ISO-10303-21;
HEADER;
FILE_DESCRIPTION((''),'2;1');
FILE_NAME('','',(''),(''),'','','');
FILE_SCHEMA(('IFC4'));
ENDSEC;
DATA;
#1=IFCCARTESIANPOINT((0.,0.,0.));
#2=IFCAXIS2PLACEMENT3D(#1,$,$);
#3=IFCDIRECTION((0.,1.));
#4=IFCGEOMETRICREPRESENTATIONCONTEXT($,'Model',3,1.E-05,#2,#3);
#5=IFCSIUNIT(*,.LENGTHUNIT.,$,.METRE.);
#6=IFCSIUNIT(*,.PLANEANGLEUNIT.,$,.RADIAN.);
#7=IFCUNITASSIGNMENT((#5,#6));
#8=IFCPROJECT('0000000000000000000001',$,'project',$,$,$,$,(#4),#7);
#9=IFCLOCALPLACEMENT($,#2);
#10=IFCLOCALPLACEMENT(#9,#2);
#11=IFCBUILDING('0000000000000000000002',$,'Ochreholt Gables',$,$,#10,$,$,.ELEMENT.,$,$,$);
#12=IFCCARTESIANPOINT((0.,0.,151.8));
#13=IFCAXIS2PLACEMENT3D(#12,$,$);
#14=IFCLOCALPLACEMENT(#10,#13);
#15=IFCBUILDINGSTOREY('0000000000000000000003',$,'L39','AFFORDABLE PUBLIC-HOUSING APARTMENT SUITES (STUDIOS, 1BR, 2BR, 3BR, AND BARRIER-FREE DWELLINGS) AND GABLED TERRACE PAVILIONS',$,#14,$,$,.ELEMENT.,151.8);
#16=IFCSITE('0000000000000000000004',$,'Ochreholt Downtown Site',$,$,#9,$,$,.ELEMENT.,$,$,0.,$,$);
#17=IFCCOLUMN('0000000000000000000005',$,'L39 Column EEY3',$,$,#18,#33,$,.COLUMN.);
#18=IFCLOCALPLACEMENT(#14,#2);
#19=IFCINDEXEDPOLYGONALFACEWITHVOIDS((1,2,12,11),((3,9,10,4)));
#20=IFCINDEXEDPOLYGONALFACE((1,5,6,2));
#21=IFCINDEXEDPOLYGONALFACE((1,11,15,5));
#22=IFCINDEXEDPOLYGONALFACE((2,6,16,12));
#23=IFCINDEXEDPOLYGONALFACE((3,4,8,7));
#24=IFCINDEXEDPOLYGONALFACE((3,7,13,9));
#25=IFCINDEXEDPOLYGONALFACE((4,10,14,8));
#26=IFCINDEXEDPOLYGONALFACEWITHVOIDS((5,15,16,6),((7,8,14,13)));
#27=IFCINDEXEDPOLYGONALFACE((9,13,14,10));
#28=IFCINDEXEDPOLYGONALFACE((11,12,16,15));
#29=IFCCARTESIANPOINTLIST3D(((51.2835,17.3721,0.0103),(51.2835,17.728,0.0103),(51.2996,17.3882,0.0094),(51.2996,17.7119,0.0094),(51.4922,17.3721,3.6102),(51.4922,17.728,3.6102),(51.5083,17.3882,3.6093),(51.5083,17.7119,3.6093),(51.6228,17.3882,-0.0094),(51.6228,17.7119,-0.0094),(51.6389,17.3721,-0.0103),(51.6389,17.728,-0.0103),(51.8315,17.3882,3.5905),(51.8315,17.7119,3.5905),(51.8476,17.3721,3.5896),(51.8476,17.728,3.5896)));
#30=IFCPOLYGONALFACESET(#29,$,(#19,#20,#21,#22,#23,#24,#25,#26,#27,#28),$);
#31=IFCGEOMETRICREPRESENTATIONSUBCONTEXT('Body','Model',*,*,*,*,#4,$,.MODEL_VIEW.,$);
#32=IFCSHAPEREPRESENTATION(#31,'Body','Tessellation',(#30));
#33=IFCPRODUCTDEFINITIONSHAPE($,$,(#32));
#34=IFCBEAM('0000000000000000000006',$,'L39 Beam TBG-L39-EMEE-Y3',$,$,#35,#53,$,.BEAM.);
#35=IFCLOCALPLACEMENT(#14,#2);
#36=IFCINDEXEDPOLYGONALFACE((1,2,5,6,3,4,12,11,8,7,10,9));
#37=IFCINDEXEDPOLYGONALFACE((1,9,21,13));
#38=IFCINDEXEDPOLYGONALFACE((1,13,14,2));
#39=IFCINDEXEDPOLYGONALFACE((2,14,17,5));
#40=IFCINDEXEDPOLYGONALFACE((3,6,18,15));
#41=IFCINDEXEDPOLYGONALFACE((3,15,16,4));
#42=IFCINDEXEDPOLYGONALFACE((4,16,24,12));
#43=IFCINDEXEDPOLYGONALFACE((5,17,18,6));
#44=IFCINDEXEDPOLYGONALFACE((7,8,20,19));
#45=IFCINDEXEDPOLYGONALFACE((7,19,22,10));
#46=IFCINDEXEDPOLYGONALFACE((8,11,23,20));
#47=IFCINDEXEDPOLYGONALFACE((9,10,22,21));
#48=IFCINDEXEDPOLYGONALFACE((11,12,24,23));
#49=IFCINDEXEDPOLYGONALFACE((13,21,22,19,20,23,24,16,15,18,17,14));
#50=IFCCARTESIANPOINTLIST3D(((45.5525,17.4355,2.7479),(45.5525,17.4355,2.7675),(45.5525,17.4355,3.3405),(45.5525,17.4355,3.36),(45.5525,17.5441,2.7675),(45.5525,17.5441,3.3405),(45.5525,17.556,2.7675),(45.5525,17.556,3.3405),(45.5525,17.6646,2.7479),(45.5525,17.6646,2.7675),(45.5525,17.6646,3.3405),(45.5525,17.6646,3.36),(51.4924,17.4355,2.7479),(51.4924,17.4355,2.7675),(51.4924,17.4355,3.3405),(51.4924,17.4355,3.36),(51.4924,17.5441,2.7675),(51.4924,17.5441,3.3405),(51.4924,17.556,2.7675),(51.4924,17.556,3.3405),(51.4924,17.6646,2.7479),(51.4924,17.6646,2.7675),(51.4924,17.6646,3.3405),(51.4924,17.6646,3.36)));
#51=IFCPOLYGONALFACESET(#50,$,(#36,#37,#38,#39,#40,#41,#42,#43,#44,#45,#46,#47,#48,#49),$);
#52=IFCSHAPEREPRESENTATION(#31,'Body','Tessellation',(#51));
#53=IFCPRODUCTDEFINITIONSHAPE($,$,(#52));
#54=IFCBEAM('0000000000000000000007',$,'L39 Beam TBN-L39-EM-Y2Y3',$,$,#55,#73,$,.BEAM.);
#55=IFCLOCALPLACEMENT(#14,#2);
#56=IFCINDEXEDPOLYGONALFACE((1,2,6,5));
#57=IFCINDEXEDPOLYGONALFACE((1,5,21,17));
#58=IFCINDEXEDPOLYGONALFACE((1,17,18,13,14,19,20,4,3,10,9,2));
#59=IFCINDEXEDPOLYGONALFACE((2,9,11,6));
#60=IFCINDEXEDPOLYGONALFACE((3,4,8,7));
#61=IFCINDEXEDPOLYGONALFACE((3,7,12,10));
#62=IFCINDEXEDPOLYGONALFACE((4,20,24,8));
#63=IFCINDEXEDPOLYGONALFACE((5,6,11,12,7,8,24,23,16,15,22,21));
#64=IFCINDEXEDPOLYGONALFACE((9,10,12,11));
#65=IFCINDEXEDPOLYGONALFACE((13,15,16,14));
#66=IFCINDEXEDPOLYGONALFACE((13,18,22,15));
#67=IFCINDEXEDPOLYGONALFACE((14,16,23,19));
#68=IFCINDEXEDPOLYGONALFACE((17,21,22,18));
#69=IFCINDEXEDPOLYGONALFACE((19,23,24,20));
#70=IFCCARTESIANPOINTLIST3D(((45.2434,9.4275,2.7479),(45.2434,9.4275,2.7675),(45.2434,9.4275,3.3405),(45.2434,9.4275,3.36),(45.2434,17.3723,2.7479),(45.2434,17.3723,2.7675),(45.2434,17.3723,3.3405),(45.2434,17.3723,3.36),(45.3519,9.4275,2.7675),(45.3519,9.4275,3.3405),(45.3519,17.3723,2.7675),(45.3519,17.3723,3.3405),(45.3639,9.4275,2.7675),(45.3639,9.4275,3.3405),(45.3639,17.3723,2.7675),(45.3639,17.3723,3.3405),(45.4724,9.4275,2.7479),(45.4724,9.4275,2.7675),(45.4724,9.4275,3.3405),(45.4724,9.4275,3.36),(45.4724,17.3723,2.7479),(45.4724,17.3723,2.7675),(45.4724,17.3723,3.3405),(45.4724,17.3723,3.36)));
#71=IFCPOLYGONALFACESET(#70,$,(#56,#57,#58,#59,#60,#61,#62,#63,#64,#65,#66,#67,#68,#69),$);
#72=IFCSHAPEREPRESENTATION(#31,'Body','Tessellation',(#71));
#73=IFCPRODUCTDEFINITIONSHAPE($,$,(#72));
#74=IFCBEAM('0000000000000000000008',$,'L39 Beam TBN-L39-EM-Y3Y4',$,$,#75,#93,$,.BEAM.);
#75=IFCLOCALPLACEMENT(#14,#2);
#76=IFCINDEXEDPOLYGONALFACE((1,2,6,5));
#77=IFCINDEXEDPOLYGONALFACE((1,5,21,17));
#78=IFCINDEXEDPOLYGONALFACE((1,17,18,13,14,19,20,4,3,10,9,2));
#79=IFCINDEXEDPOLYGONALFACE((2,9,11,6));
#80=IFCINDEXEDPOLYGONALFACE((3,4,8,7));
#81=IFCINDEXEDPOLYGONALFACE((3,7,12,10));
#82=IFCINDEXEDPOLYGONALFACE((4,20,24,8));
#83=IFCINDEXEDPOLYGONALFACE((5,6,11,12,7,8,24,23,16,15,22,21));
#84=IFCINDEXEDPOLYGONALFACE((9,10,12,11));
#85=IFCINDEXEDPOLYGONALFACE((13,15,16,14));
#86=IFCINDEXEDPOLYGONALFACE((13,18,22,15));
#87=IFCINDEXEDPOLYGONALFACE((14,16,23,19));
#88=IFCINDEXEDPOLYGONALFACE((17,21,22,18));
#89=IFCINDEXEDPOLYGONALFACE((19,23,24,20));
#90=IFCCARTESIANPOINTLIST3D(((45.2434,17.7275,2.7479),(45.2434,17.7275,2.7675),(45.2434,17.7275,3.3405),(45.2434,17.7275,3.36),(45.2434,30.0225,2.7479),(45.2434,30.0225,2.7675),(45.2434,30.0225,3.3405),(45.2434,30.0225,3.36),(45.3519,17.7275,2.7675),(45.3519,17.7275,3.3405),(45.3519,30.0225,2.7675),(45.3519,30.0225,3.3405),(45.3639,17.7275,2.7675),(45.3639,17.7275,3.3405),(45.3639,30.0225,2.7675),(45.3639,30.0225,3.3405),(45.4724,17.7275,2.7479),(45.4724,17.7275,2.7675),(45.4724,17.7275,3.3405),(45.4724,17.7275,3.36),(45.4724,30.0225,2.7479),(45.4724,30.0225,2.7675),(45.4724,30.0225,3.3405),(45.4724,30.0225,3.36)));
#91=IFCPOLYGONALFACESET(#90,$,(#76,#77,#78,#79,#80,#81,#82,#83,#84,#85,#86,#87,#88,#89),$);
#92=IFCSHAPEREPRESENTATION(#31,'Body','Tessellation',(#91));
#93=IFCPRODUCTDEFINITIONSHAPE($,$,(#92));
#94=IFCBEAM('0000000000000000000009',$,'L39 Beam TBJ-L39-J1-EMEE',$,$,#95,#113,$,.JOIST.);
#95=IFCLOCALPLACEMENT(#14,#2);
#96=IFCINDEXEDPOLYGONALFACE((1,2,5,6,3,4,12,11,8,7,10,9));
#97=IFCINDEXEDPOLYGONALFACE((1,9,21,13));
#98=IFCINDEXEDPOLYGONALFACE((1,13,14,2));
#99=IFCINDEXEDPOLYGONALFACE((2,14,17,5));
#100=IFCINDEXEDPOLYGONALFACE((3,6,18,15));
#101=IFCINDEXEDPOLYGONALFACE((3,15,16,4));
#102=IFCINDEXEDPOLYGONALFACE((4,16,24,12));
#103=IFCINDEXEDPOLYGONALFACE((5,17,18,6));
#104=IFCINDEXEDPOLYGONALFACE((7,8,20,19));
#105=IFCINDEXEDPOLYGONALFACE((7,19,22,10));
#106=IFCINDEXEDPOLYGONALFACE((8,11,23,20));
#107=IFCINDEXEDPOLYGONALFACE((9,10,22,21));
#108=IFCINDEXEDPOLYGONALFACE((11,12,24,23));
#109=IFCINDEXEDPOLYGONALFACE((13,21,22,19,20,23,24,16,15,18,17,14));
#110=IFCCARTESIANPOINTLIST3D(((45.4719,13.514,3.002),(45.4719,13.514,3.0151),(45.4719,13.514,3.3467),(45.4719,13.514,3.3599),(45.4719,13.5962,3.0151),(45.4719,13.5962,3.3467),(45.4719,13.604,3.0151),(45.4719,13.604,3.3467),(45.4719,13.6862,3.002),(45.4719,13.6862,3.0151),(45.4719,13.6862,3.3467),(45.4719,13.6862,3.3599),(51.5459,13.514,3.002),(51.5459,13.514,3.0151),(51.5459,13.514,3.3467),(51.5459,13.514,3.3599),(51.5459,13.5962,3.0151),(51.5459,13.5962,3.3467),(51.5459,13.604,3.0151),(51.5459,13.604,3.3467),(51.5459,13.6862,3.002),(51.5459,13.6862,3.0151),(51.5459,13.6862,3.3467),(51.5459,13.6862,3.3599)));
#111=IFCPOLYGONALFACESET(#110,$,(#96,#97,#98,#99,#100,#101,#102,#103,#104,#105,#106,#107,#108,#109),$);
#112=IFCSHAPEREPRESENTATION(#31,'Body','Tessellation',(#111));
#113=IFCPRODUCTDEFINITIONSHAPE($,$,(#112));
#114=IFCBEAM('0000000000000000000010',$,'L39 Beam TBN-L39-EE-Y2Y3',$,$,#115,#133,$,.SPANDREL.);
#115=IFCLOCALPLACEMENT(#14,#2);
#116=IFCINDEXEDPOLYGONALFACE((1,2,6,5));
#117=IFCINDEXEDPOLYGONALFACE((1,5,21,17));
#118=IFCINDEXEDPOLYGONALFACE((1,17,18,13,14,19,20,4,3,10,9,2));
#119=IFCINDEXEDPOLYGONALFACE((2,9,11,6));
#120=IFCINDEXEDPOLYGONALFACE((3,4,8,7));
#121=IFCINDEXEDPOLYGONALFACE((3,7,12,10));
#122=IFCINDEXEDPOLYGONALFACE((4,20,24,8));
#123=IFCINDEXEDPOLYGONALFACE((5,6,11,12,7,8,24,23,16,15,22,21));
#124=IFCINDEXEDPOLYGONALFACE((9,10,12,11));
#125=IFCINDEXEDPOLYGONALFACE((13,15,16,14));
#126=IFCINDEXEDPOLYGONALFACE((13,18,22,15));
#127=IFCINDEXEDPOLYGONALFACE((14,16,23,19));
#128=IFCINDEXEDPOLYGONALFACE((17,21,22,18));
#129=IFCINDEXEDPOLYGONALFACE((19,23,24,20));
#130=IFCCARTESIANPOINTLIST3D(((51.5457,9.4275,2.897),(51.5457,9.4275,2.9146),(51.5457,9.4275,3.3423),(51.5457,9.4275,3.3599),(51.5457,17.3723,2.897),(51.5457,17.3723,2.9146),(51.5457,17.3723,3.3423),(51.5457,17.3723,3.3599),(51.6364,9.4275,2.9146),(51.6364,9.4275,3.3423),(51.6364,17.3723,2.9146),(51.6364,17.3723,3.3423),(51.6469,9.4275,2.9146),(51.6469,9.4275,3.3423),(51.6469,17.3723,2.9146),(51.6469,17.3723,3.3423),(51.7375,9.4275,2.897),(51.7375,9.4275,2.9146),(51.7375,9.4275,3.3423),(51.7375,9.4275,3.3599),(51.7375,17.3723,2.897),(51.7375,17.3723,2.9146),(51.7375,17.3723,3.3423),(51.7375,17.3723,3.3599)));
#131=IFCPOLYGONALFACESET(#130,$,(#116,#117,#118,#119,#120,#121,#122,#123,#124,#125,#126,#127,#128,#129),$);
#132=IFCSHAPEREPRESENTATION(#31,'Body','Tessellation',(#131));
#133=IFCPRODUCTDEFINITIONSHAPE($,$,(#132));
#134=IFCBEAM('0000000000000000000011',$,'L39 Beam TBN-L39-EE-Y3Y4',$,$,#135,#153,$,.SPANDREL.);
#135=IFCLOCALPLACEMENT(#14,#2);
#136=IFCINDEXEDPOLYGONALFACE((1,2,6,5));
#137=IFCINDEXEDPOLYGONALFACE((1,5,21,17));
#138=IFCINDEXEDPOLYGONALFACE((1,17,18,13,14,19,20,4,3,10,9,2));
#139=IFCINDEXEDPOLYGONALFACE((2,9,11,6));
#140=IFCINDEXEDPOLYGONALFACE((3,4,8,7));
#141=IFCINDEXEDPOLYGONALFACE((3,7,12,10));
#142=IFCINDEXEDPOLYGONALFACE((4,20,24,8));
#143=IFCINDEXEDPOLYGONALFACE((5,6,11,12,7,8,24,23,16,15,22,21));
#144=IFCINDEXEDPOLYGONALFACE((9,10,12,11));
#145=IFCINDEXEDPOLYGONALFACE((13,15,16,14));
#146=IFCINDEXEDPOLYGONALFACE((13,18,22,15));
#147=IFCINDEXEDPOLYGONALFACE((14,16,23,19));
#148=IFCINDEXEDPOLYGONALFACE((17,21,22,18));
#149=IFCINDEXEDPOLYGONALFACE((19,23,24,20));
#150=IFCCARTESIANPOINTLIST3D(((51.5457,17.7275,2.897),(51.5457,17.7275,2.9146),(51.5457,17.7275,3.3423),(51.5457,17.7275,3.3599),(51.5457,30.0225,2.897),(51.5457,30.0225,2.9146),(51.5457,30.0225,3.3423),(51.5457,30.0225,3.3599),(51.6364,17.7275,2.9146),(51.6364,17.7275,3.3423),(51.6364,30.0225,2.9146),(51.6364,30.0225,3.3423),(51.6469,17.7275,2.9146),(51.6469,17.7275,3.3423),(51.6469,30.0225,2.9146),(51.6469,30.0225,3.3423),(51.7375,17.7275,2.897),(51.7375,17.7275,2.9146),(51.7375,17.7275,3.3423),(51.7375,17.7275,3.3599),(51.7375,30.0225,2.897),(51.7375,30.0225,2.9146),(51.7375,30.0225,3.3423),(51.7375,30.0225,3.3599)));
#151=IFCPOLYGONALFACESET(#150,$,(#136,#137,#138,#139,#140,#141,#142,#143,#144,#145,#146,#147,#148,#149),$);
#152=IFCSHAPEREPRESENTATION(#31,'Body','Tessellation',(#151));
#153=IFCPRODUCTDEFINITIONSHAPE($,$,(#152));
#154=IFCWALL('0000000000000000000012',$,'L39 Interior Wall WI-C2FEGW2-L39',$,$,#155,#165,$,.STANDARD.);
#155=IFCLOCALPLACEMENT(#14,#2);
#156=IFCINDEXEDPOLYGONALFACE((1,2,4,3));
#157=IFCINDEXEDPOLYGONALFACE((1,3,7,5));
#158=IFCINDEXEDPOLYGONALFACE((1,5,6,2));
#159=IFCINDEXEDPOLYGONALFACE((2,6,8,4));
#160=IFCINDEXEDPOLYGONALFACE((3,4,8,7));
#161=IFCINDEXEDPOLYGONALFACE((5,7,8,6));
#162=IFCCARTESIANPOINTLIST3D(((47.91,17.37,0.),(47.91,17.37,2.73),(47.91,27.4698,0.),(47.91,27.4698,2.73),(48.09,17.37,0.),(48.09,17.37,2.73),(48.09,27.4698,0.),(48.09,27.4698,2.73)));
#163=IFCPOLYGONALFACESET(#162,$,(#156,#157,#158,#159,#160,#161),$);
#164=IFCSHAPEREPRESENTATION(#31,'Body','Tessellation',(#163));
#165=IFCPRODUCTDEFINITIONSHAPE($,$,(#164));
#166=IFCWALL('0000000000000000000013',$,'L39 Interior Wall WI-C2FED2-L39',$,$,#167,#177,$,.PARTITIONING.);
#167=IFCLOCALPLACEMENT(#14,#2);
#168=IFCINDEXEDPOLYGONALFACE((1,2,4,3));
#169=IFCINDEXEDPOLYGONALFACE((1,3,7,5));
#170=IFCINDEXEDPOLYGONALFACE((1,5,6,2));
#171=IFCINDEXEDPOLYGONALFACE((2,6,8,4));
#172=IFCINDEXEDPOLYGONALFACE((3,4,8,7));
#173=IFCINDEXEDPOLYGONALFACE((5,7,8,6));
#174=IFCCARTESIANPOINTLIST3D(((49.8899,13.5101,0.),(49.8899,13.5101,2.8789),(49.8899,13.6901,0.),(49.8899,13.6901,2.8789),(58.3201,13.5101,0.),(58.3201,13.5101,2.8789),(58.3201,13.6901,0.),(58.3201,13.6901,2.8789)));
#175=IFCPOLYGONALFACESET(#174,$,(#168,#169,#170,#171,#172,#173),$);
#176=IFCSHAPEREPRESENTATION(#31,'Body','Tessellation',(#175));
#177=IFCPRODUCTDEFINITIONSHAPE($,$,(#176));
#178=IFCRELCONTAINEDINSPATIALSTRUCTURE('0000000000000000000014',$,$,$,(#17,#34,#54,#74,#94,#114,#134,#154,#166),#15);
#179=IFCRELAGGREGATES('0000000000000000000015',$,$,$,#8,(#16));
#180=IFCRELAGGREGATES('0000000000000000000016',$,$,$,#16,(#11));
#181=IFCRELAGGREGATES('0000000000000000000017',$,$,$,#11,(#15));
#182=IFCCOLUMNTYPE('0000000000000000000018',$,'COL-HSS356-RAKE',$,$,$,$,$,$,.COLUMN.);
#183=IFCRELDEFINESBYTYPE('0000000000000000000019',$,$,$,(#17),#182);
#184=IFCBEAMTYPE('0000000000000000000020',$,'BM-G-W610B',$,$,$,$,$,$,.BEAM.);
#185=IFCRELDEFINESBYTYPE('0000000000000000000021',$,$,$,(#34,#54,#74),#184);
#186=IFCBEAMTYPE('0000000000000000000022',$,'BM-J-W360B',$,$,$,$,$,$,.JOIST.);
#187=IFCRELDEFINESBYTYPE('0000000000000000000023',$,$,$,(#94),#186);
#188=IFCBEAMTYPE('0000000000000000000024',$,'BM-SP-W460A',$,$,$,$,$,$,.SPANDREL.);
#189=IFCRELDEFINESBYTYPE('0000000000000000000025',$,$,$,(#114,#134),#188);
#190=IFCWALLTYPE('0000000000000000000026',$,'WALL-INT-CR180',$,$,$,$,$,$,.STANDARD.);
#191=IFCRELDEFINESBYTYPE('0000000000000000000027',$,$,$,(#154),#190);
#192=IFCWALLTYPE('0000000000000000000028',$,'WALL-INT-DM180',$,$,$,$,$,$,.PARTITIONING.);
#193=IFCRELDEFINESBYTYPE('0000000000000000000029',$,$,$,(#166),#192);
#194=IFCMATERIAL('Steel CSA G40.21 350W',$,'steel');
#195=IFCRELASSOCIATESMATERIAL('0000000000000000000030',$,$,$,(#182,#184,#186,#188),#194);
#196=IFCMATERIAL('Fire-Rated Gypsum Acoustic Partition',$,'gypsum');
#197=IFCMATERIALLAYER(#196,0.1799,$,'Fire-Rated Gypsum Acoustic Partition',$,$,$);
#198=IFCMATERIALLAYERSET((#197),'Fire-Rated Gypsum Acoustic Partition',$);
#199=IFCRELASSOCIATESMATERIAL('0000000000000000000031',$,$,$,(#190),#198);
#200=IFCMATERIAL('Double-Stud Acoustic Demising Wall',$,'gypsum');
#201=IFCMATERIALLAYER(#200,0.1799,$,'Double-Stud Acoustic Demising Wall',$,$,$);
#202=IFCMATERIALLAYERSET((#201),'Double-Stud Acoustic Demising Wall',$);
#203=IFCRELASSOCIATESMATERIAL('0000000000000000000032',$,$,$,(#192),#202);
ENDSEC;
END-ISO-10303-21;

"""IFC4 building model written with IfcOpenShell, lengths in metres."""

from ifc_helpers import new_model, si_unit, direction, frame, frame_2d, origin, origin_2d, place, context, subcontext, project, spatial, rectangle, hollow_rectangle, i_section, extrude, material, layer, layer_set, material_profile, profile_set, type_object, element, save


model = new_model("IFC4")

# Units and contexts
model_context = context("Model", 3, precision=1e-05, world=origin(), true_north=direction((0.0, 1.0)))
body_context = subcontext(model_context, "Body", "Model", "MODEL_VIEW")
ifc_project = project(units=[si_unit("LENGTHUNIT", "METRE"), si_unit("PLANEANGLEUNIT", "RADIAN")], contexts=[model_context])

# Site, building, storey
site_placement = place(None, origin())
site = spatial("IfcSite", under=ifc_project, at=site_placement, Name="Ochreholt Downtown Site", CompositionType="ELEMENT", RefElevation=0.0)
building_placement = place(site_placement, origin())
building = spatial("IfcBuilding", under=site, at=building_placement, Name="Ochreholt Gables", CompositionType="ELEMENT")
storey_placement = place(building_placement, frame((0.0, 0.0, 151.8)))
storey = spatial("IfcBuildingStorey", under=building, at=storey_placement, Name="L39", Description="AFFORDABLE PUBLIC-HOUSING APARTMENT SUITES (STUDIOS, 1BR, 2BR, 3BR, AND BARRIER-FREE DWELLINGS) AND GABLED TERRACE PAVILIONS", CompositionType="ELEMENT", Elevation=151.8)

# Column
ifc_material_1 = material(Name="Steel CSA G40.21 350W", Category="steel")
ifc_material_profile_1 = material_profile(ifc_material_1, hollow_rectangle(XDim=0.356, YDim=0.356, WallThickness=0.0161, at=origin_2d()), Name="HSS356X356X16")
ifc_profile_set_1 = profile_set([ifc_material_profile_1], Name="Steel CSA G40.21 350W")
column_type = type_object("IfcColumnType", Name="COL-HSS356-RAKE", PredefinedType="COLUMN", material=ifc_profile_set_1)
column_placement = place(storey_placement, frame((51.4612, 17.55, 0.0), z_axis=(0.057889, 0.0, 0.998323), x_axis=(0.0, 1.0, 0.0)))
element("IfcColumn", 1, at=column_placement, inside=storey, type_object=column_type, Name="L39 Column EEY3", PredefinedType="COLUMN", context=body_context, shape_type="SweptSolid", body=[
    extrude(hollow_rectangle(XDim=0.356, YDim=0.356, WallThickness=0.0161, at=origin_2d()), origin(), (0.0, 0.0, 1.0), 3.606),
])

# Beams
ifc_material_profile_2 = material_profile(ifc_material_1, i_section(OverallWidth=0.229, OverallDepth=0.6121, WebThickness=0.012, FlangeThickness=0.0195, at=origin_2d()), Name="W610X125")
ifc_profile_set_2 = profile_set([ifc_material_profile_2], Name="Steel CSA G40.21 350W")
beam_type_1 = type_object("IfcBeamType", Name="BM-G-W610B", PredefinedType="BEAM", material=ifc_profile_set_2)
beam_1_placement = place(storey_placement, frame((45.5525, 17.55, 3.054), z_axis=(1.0, 0.0, 0.0), x_axis=(0.0, 1.0, 0.0)))
element("IfcBeam", 2, at=beam_1_placement, inside=storey, type_object=beam_type_1, Name="L39 Beam TBG-L39-EMEE-Y3", PredefinedType="BEAM", context=body_context, shape_type="SweptSolid", body=[
    extrude(i_section(OverallWidth=0.229, OverallDepth=0.6121, WebThickness=0.012, FlangeThickness=0.0195, at=origin_2d()), origin(), (0.0, 0.0, 1.0), 5.9399),
])
beam_2_placement = place(storey_placement, frame((45.3579, 9.4275, 3.054), z_axis=(0.0, 1.0, 0.0), x_axis=(-1.0, 0.0, 0.0)))
element("IfcBeam", 3, at=beam_2_placement, inside=storey, type_object=beam_type_1, Name="L39 Beam TBN-L39-EM-Y2Y3", PredefinedType="BEAM", context=body_context, shape_type="SweptSolid", body=[
    extrude(i_section(OverallWidth=0.229, OverallDepth=0.6121, WebThickness=0.012, FlangeThickness=0.0195, at=origin_2d()), origin(), (0.0, 0.0, 1.0), 7.9448),
])
beam_3_placement = place(storey_placement, frame((45.3579, 17.7275, 3.054), z_axis=(0.0, 1.0, 0.0), x_axis=(-1.0, 0.0, 0.0)))
element("IfcBeam", 4, at=beam_3_placement, inside=storey, type_object=beam_type_1, Name="L39 Beam TBN-L39-EM-Y3Y4", PredefinedType="BEAM", context=body_context, shape_type="SweptSolid", body=[
    extrude(i_section(OverallWidth=0.229, OverallDepth=0.6121, WebThickness=0.012, FlangeThickness=0.0195, at=origin_2d()), origin(), (0.0, 0.0, 1.0), 12.2949),
])
ifc_material_profile_3 = material_profile(ifc_material_1, i_section(OverallWidth=0.1721, OverallDepth=0.3579, WebThickness=0.0078, FlangeThickness=0.0132, at=origin_2d()), Name="W360X57")
ifc_profile_set_3 = profile_set([ifc_material_profile_3], Name="Steel CSA G40.21 350W")
beam_type_2 = type_object("IfcBeamType", Name="BM-J-W360B", PredefinedType="JOIST", material=ifc_profile_set_3)
beam_4_placement = place(storey_placement, frame((45.4719, 13.6001, 3.1809), z_axis=(1.0, 0.0, 0.0), x_axis=(0.0, 1.0, 0.0)))
element("IfcBeam", 5, at=beam_4_placement, inside=storey, type_object=beam_type_2, Name="L39 Beam TBJ-L39-J1-EMEE", PredefinedType="JOIST", context=body_context, shape_type="SweptSolid", body=[
    extrude(i_section(OverallWidth=0.1721, OverallDepth=0.3579, WebThickness=0.0078, FlangeThickness=0.0132, at=origin_2d()), origin(), (0.0, 0.0, 1.0), 6.074),
])
ifc_material_profile_4 = material_profile(ifc_material_1, i_section(OverallWidth=0.1919, OverallDepth=0.4629, WebThickness=0.0105, FlangeThickness=0.0176, at=origin_2d()), Name="W460X89")
ifc_profile_set_4 = profile_set([ifc_material_profile_4], Name="Steel CSA G40.21 350W")
beam_type_3 = type_object("IfcBeamType", Name="BM-SP-W460A", PredefinedType="SPANDREL", material=ifc_profile_set_4)
beam_5_placement = place(storey_placement, frame((51.6416, 9.4275, 3.1284), z_axis=(0.0, 1.0, 0.0), x_axis=(-1.0, 0.0, 0.0)))
element("IfcBeam", 6, at=beam_5_placement, inside=storey, type_object=beam_type_3, Name="L39 Beam TBN-L39-EE-Y2Y3", PredefinedType="SPANDREL", context=body_context, shape_type="SweptSolid", body=[
    extrude(i_section(OverallWidth=0.1919, OverallDepth=0.4629, WebThickness=0.0105, FlangeThickness=0.0176, at=origin_2d()), origin(), (0.0, 0.0, 1.0), 7.9448),
])
beam_6_placement = place(storey_placement, frame((51.6416, 17.7275, 3.1284), z_axis=(0.0, 1.0, 0.0), x_axis=(-1.0, 0.0, 0.0)))
element("IfcBeam", 7, at=beam_6_placement, inside=storey, type_object=beam_type_3, Name="L39 Beam TBN-L39-EE-Y3Y4", PredefinedType="SPANDREL", context=body_context, shape_type="SweptSolid", body=[
    extrude(i_section(OverallWidth=0.1919, OverallDepth=0.4629, WebThickness=0.0105, FlangeThickness=0.0176, at=origin_2d()), origin(), (0.0, 0.0, 1.0), 12.2949),
])

# Walls
ifc_material_2 = material(Name="Fire-Rated Gypsum Acoustic Partition", Category="gypsum")
ifc_layer_1 = layer(ifc_material_2, 0.1799, Name="Fire-Rated Gypsum Acoustic Partition")
ifc_layer_set_1 = layer_set([ifc_layer_1], Name="Fire-Rated Gypsum Acoustic Partition")
wall_type_1 = type_object("IfcWallType", Name="WALL-INT-CR180", PredefinedType="STANDARD", material=ifc_layer_set_1)
wall_1_placement = place(storey_placement, frame((48.0, 17.3701, 0.0), z_axis=(0.0, 0.0, 1.0), x_axis=(0.0, 1.0, 0.0)))
element("IfcWall", 8, at=wall_1_placement, inside=storey, type_object=wall_type_1, Name="L39 Interior Wall WI-C2FEGW2-L39", PredefinedType="STANDARD", context=body_context, shape_type="SweptSolid", body=[
    extrude(rectangle(XDim=10.0999, YDim=0.1799, at=frame_2d((5.0498, 0.0))), origin(), (0.0, 0.0, 1.0), 2.73),
])
ifc_material_3 = material(Name="Double-Stud Acoustic Demising Wall", Category="gypsum")
ifc_layer_2 = layer(ifc_material_3, 0.1799, Name="Double-Stud Acoustic Demising Wall")
ifc_layer_set_2 = layer_set([ifc_layer_2], Name="Double-Stud Acoustic Demising Wall")
wall_type_2 = type_object("IfcWallType", Name="WALL-INT-DM180", PredefinedType="PARTITIONING", material=ifc_layer_set_2)
wall_2_placement = place(storey_placement, frame((49.8899, 13.6001, 0.0), z_axis=(0.0, 0.0, 1.0), x_axis=(1.0, 0.0, 0.0)))
element("IfcWall", 9, at=wall_2_placement, inside=storey, type_object=wall_type_2, Name="L39 Interior Wall WI-C2FED2-L39", PredefinedType="PARTITIONING", context=body_context, shape_type="SweptSolid", body=[
    extrude(rectangle(XDim=8.4302, YDim=0.1799, at=frame_2d((4.2151, 0.0))), origin(), (0.0, 0.0, 1.0), 2.8789),
])

save(model, "model.ifc")
